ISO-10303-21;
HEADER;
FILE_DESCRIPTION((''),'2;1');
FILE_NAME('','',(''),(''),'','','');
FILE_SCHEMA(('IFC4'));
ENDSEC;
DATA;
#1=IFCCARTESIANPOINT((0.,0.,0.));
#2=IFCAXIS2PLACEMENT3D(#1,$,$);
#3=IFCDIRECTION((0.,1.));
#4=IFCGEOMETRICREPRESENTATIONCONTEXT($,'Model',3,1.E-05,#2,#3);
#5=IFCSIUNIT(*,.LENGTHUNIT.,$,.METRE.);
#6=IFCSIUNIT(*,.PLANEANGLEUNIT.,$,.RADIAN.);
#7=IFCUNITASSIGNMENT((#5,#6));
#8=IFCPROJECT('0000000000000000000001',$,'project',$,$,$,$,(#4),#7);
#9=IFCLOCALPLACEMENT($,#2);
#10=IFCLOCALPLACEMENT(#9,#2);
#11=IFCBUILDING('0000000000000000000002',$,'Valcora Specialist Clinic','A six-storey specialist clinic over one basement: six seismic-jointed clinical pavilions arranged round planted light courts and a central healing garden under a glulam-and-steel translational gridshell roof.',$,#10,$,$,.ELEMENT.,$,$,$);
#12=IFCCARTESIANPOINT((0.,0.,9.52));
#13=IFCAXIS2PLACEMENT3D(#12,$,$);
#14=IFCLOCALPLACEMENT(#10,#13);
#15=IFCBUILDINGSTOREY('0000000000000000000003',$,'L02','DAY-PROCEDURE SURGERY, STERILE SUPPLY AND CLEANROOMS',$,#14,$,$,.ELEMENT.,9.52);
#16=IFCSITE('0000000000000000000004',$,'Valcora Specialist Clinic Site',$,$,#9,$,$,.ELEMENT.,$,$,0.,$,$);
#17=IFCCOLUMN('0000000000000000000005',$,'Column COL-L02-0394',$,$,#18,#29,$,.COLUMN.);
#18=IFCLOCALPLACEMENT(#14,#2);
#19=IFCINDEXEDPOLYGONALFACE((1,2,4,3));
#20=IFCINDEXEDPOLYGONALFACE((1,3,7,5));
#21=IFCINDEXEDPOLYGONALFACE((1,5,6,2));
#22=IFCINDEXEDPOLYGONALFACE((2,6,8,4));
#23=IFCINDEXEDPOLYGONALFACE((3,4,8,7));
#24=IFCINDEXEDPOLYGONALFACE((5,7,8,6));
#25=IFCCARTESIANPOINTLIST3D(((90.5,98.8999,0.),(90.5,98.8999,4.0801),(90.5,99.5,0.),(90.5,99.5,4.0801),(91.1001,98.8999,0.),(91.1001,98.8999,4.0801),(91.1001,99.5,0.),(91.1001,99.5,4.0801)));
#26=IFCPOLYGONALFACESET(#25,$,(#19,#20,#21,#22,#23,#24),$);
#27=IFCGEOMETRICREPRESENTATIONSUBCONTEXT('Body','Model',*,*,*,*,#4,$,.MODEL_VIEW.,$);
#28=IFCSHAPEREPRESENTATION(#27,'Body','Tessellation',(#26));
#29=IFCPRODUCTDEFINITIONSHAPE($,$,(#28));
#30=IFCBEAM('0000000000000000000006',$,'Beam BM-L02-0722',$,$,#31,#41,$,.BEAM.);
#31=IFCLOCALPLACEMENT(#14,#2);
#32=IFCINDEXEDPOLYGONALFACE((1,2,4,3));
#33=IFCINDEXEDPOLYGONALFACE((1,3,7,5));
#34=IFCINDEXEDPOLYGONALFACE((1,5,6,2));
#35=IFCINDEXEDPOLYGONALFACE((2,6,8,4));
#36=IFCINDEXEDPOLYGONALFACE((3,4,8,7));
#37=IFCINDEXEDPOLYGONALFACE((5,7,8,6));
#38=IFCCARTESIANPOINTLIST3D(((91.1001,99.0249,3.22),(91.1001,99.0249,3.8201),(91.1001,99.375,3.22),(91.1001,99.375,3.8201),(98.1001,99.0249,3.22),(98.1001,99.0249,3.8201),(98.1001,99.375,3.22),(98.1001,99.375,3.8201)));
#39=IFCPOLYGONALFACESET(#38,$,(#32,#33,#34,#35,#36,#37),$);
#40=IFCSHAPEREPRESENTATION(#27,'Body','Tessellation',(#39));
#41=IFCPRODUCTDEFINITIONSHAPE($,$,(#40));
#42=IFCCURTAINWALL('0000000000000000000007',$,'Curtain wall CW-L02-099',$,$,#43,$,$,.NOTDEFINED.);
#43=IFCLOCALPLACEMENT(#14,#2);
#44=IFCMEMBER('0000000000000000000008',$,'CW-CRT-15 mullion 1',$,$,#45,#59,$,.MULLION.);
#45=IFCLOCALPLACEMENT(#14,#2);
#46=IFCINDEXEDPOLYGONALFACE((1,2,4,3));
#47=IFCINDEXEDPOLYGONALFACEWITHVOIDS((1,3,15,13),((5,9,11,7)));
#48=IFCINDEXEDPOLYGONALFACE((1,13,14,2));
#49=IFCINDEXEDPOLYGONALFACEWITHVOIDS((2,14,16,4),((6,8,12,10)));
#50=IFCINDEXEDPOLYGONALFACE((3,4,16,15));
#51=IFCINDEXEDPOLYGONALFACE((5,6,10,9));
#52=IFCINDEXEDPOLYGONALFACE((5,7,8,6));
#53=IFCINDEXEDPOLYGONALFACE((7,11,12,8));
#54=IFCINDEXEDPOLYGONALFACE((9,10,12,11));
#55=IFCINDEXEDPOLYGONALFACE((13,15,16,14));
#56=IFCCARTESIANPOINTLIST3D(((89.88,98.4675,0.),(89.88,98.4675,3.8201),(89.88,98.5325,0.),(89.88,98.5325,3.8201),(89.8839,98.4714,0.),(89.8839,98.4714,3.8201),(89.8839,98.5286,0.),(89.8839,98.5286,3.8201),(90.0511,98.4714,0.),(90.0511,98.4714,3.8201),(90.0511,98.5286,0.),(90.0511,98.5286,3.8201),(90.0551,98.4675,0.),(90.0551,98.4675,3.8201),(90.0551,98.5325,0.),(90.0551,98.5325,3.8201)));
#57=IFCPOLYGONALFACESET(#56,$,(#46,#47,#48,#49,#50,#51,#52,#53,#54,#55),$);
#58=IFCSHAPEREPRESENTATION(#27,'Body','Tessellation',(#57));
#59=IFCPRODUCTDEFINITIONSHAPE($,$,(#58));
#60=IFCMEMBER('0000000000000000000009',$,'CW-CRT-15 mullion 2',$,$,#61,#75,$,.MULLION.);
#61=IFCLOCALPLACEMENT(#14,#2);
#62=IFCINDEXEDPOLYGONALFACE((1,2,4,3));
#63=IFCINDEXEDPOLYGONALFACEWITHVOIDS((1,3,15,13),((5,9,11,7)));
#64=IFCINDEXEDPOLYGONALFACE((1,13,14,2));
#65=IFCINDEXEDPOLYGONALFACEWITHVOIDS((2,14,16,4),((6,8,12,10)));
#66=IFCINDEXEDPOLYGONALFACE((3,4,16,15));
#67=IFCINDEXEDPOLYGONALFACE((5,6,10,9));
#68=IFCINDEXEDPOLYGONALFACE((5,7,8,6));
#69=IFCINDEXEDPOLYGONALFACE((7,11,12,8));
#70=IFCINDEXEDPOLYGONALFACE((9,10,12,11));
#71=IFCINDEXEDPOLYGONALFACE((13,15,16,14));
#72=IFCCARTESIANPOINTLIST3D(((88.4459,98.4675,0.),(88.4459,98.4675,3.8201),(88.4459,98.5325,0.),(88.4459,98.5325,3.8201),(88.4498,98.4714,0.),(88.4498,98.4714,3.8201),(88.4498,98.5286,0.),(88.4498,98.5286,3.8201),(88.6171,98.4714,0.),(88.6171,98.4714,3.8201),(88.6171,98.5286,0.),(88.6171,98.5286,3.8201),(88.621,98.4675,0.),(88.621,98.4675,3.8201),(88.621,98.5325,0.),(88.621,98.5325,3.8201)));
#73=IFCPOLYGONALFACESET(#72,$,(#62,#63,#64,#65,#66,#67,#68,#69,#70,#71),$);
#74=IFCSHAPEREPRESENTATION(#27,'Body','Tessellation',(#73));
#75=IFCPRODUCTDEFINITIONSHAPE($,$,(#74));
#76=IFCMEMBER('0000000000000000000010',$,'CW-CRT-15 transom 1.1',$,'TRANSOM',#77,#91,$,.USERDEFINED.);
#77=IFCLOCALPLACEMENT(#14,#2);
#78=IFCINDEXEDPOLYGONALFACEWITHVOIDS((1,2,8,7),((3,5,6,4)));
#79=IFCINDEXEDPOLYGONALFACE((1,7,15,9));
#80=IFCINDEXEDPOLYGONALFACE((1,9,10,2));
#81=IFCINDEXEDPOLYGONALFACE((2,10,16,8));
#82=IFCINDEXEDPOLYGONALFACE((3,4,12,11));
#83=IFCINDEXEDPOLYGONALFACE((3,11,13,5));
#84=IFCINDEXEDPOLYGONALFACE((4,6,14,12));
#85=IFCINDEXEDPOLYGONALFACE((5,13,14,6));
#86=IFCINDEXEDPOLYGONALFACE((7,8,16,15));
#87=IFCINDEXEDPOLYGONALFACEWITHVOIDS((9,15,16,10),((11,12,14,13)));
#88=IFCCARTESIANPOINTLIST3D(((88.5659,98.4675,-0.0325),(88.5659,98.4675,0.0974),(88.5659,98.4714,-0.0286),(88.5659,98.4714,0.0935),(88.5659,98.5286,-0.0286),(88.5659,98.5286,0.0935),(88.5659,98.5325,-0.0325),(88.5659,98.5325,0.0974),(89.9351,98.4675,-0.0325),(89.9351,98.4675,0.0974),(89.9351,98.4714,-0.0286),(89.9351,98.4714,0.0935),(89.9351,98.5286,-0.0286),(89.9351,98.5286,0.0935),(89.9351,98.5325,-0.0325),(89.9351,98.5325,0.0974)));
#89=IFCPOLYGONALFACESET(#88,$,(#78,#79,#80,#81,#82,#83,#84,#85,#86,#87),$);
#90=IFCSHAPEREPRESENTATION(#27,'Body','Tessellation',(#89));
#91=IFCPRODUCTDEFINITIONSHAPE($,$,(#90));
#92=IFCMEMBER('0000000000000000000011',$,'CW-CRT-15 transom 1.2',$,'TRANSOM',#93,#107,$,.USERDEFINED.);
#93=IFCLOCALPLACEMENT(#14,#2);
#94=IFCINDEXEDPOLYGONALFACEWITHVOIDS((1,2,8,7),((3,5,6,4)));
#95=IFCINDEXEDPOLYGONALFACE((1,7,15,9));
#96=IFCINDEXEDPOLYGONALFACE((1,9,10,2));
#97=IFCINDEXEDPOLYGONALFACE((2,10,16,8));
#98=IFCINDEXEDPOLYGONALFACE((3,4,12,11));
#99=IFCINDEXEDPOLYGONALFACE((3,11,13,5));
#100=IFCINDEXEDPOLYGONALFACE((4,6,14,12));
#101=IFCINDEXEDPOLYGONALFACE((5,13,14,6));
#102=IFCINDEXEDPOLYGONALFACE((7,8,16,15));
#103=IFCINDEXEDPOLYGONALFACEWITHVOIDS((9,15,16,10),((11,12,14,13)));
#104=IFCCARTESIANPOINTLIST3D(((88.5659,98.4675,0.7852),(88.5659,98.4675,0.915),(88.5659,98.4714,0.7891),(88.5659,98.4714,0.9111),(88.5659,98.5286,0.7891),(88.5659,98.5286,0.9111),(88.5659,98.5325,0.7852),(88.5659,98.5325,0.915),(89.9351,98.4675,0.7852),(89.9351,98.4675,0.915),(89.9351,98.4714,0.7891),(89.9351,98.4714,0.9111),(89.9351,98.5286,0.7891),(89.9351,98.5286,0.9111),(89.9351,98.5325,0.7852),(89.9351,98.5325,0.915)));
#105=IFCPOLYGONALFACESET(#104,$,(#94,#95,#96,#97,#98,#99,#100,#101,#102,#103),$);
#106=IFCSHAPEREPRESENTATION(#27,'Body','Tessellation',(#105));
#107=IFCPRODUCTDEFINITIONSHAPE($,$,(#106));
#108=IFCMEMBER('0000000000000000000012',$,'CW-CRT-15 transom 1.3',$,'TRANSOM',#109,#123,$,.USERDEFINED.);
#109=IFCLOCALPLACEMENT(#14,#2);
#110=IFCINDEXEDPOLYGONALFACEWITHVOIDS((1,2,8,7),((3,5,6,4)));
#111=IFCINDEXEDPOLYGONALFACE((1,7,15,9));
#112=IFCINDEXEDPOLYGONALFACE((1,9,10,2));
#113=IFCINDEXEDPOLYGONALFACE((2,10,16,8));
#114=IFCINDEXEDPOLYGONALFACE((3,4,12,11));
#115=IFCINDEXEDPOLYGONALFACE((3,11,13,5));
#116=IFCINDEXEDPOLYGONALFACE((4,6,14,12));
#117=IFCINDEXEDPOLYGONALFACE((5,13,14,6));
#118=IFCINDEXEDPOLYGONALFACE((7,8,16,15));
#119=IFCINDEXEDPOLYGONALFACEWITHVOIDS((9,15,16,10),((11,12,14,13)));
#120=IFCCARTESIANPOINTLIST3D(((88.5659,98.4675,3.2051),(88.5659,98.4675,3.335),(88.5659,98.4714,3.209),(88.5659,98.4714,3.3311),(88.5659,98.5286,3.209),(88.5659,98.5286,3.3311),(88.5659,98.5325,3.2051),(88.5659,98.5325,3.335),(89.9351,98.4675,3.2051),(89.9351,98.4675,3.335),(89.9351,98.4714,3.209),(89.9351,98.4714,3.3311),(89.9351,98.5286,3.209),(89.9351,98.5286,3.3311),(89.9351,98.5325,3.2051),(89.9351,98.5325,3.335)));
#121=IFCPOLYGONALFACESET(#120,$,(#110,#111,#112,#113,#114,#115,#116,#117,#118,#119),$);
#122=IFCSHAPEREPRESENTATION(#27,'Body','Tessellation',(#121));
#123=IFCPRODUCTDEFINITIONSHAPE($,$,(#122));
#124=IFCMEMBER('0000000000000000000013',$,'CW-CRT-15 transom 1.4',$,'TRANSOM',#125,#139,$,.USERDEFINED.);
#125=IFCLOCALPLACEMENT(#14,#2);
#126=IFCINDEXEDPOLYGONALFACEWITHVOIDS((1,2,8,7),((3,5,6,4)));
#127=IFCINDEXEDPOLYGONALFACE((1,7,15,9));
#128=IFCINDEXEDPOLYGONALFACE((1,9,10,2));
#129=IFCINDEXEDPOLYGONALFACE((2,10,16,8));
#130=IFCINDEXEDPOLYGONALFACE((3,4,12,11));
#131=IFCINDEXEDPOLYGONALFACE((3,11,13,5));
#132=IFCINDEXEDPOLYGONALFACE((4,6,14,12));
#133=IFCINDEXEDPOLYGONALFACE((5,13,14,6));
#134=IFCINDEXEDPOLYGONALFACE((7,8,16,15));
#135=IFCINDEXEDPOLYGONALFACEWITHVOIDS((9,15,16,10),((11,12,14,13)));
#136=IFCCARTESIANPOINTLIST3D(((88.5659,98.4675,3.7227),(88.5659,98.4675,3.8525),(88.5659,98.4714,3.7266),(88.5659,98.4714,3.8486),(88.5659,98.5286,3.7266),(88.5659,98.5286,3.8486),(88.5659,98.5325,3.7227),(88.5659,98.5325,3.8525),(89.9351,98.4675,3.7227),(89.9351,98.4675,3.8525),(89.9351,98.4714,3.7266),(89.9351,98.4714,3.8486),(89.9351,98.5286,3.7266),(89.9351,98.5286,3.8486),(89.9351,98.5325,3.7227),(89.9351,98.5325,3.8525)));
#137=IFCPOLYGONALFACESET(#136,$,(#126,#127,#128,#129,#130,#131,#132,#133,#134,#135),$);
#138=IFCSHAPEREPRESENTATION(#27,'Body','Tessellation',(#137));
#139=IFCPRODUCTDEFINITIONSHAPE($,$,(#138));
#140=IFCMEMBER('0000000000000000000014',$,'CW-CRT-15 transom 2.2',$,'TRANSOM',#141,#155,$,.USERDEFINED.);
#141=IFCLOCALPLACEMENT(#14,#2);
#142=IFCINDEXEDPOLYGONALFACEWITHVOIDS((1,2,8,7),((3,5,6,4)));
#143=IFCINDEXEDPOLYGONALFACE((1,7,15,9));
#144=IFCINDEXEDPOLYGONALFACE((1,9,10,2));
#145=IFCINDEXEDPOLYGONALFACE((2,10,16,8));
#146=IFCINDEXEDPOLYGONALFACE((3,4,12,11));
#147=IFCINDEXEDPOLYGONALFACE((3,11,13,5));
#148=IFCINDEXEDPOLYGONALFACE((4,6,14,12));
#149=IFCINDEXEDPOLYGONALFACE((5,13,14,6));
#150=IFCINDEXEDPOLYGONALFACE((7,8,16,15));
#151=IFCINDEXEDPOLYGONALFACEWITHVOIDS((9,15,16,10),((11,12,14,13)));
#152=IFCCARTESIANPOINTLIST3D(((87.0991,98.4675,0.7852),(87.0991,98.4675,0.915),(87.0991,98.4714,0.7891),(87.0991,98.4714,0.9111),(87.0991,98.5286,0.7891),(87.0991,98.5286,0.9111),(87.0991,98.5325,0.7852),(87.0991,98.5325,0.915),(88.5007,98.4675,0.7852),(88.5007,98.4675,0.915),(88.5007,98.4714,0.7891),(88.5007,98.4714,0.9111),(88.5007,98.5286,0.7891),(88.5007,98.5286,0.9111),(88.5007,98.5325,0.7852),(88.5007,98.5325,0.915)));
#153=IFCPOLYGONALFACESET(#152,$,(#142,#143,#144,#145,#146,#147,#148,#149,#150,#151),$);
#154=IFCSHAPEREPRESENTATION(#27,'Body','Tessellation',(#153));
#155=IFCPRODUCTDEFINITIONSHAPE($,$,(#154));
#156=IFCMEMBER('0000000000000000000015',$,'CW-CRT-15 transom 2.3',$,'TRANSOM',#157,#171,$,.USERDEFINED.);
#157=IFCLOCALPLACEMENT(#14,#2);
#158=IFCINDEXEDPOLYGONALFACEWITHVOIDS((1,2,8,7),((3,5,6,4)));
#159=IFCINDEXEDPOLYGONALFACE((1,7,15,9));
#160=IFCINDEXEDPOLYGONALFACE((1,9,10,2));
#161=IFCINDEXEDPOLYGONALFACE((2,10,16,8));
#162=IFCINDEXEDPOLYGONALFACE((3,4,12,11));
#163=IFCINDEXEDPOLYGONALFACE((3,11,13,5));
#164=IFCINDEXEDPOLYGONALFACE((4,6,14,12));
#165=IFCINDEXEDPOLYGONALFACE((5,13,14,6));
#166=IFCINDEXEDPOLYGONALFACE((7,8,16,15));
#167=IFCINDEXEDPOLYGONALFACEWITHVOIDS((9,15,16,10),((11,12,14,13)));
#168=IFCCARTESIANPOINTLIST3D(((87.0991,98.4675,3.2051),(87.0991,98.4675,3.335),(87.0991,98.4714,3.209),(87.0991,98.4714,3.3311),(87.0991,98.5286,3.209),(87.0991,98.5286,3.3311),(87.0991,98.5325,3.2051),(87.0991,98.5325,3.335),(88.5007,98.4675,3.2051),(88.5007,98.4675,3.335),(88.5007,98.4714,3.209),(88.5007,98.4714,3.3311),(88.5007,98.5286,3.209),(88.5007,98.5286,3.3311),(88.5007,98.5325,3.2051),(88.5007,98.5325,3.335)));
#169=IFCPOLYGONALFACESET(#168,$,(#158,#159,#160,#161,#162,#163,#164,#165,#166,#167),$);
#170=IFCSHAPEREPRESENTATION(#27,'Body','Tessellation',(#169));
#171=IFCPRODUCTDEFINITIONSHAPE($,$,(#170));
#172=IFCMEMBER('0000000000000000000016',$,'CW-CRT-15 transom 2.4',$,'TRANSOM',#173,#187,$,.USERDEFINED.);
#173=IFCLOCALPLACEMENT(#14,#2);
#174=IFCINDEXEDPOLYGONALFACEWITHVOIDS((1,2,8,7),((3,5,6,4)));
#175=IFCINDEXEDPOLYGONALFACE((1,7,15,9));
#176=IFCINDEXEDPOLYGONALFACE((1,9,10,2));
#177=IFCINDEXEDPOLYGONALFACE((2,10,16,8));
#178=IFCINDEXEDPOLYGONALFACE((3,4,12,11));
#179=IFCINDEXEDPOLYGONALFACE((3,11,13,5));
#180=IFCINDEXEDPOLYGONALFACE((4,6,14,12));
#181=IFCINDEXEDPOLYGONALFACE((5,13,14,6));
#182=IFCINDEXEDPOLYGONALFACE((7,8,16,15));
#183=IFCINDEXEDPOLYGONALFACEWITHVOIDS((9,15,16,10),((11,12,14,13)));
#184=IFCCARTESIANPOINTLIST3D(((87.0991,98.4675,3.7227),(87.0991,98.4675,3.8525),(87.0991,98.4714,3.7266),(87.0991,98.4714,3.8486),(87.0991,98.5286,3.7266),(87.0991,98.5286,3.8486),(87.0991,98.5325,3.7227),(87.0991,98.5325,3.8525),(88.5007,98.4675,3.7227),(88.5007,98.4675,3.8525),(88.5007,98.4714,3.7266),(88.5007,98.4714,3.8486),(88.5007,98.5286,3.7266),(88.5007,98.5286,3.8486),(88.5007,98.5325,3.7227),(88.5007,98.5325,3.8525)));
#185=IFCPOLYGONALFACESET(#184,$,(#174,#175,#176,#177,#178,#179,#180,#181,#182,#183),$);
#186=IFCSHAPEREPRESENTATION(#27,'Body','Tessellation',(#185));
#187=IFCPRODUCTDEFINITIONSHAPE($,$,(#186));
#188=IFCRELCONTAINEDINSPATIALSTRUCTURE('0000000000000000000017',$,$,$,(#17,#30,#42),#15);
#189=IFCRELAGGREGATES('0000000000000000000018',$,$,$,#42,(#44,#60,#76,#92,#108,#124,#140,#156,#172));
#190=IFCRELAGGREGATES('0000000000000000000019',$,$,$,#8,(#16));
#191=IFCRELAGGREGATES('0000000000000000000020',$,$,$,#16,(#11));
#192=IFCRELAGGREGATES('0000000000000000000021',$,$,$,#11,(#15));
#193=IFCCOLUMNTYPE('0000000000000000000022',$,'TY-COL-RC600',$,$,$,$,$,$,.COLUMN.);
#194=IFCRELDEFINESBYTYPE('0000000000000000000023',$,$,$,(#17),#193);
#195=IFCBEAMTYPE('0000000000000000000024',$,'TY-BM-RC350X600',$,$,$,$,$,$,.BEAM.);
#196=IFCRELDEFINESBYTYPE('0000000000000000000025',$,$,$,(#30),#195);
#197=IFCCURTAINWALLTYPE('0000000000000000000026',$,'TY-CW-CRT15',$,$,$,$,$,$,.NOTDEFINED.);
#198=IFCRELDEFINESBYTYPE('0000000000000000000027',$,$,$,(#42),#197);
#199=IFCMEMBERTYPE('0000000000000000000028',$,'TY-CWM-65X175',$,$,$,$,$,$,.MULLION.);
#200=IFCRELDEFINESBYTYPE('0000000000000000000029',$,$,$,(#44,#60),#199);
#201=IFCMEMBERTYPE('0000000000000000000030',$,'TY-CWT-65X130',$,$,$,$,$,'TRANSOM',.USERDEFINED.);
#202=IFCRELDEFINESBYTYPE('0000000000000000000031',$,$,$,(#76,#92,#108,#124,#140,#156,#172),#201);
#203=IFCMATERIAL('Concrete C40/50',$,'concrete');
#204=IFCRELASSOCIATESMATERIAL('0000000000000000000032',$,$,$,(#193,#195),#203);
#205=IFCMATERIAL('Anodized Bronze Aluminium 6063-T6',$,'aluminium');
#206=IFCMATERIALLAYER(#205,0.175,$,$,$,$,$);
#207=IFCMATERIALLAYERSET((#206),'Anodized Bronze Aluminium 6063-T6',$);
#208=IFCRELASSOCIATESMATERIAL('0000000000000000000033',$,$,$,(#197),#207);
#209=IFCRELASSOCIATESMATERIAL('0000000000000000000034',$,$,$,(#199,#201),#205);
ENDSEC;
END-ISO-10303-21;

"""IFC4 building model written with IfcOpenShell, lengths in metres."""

from ifc_helpers import new_model, si_unit, direction, frame, origin, origin_2d, place, context, subcontext, project, spatial, rectangle, hollow_rectangle, extrude, material, layer, layer_set, material_profile, profile_set, type_object, element, aggregate, save


model = new_model("IFC4")

# Units and contexts
model_context = context("Model", 3, precision=1e-05, world=origin(), true_north=direction((0.0, 1.0)))
body_context = subcontext(model_context, "Body", "Model", "MODEL_VIEW")
ifc_project = project(units=[si_unit("LENGTHUNIT", "METRE"), si_unit("PLANEANGLEUNIT", "RADIAN")], contexts=[model_context])

# Site, building, storey
site_placement = place(None, origin())
site = spatial("IfcSite", under=ifc_project, at=site_placement, Name="Valcora Specialist Clinic Site", CompositionType="ELEMENT", RefElevation=0.0)
building_placement = place(site_placement, origin())
building = spatial("IfcBuilding", under=site, at=building_placement, Name="Valcora Specialist Clinic", Description="A six-storey specialist clinic over one basement: six seismic-jointed clinical pavilions arranged round planted light courts and a central healing garden under a glulam-and-steel translational gridshell roof.", CompositionType="ELEMENT")
storey_placement = place(building_placement, frame((0.0, 0.0, 9.52)))
storey = spatial("IfcBuildingStorey", under=building, at=storey_placement, Name="L02", Description="DAY-PROCEDURE SURGERY, STERILE SUPPLY AND CLEANROOMS", CompositionType="ELEMENT", Elevation=9.52)

# Column
ifc_material_1 = material(Name="Concrete C40/50", Category="concrete")
ifc_material_profile_1 = material_profile(ifc_material_1, rectangle(XDim=0.6001, YDim=0.6001, at=origin_2d()), Name="RC-COL-600X600")
ifc_profile_set_1 = profile_set([ifc_material_profile_1], Name="Concrete C40/50")
column_type = type_object("IfcColumnType", Name="TY-COL-RC600", PredefinedType="COLUMN", material=ifc_profile_set_1)
column_placement = place(storey_placement, frame((90.8, 99.2, 0.0), z_axis=(0.0, 0.0, 1.0), x_axis=(1.0, 0.0, 0.0)))
element("IfcColumn", 1, at=column_placement, inside=storey, type_object=column_type, Name="Column COL-L02-0394", PredefinedType="COLUMN", context=body_context, shape_type="SweptSolid", body=[
    extrude(rectangle(XDim=0.6001, YDim=0.6001, at=origin_2d()), origin(), (0.0, 0.0, 1.0), 4.0801),
])

# Beam
ifc_material_profile_2 = material_profile(ifc_material_1, rectangle(XDim=0.3501, YDim=0.6001, at=origin_2d()), Name="RC-BM-350X600")
ifc_profile_set_2 = profile_set([ifc_material_profile_2], Name="Concrete C40/50")
beam_type = type_object("IfcBeamType", Name="TY-BM-RC350X600", PredefinedType="BEAM", material=ifc_profile_set_2)
beam_placement = place(storey_placement, frame((91.1001, 99.2, 3.52), z_axis=(1.0, 0.0, 0.0), x_axis=(0.0, 1.0, 0.0)))
element("IfcBeam", 2, at=beam_placement, inside=storey, type_object=beam_type, Name="Beam BM-L02-0722", PredefinedType="BEAM", context=body_context, shape_type="SweptSolid", body=[
    extrude(rectangle(XDim=0.3501, YDim=0.6001, at=origin_2d()), origin(), (0.0, 0.0, 1.0), 7.0),
])

# Curtain wall, members
ifc_material_2 = material(Name="Anodized Bronze Aluminium 6063-T6", Category="aluminium")
ifc_layer_1 = layer(ifc_material_2, 0.175)
ifc_layer_set_1 = layer_set([ifc_layer_1], Name="Anodized Bronze Aluminium 6063-T6")
curtain_wall_type = type_object("IfcCurtainWallType", Name="TY-CW-CRT15", PredefinedType="NOTDEFINED", material=ifc_layer_set_1)
curtain_wall_placement = place(storey_placement, origin())
curtain_wall = element("IfcCurtainWall", 3, at=curtain_wall_placement, inside=storey, type_object=curtain_wall_type, Name="Curtain wall CW-L02-099", PredefinedType="NOTDEFINED")
ifc_material_profile_3 = material_profile(ifc_material_2, hollow_rectangle(XDim=0.0649, YDim=0.175, WallThickness=0.0039, at=origin_2d()), Name="AL-MUL-65X175")
ifc_profile_set_3 = profile_set([ifc_material_profile_3], Name="Anodized Bronze Aluminium 6063-T6")
member_type_1 = type_object("IfcMemberType", Name="TY-CWM-65X175", PredefinedType="MULLION", material=ifc_profile_set_3)
member_1_placement = place(storey_placement, frame((89.9675, 98.5, 0.0), z_axis=(0.0, 0.0, 1.0), x_axis=(0.0, -1.0, 0.0)))
member_1 = element("IfcMember", 4, at=member_1_placement, type_object=member_type_1, Name="CW-CRT-15 mullion 1", PredefinedType="MULLION", context=body_context, shape_type="SweptSolid", body=[
    extrude(hollow_rectangle(XDim=0.0649, YDim=0.175, WallThickness=0.0039, at=origin_2d()), origin(), (0.0, 0.0, 1.0), 3.8201),
])
member_2_placement = place(storey_placement, frame((88.5334, 98.5, 0.0), z_axis=(0.0, 0.0, 1.0), x_axis=(0.0, -1.0, 0.0)))
member_2 = element("IfcMember", 5, at=member_2_placement, type_object=member_type_1, Name="CW-CRT-15 mullion 2", PredefinedType="MULLION", context=body_context, shape_type="SweptSolid", body=[
    extrude(hollow_rectangle(XDim=0.0649, YDim=0.175, WallThickness=0.0039, at=origin_2d()), origin(), (0.0, 0.0, 1.0), 3.8201),
])
ifc_material_profile_4 = material_profile(ifc_material_2, hollow_rectangle(XDim=0.0649, YDim=0.1299, WallThickness=0.0039, at=origin_2d()), Name="AL-TRN-65X130")
ifc_profile_set_4 = profile_set([ifc_material_profile_4], Name="Anodized Bronze Aluminium 6063-T6")
member_type_2 = type_object("IfcMemberType", Name="TY-CWT-65X130", ElementType="TRANSOM", PredefinedType="USERDEFINED", material=ifc_profile_set_4)
member_3_placement = place(storey_placement, frame((89.9351, 98.5, 0.0325), z_axis=(-1.0, 0.0, 0.0), x_axis=(0.0, -1.0, 0.0)))
member_3 = element("IfcMember", 6, at=member_3_placement, type_object=member_type_2, Name="CW-CRT-15 transom 1.1", ObjectType="TRANSOM", PredefinedType="USERDEFINED", context=body_context, shape_type="SweptSolid", body=[
    extrude(hollow_rectangle(XDim=0.0649, YDim=0.1299, WallThickness=0.0039, at=origin_2d()), origin(), (0.0, 0.0, 1.0), 1.3691),
])
member_4_placement = place(storey_placement, frame((89.9351, 98.5, 0.8501), z_axis=(-1.0, 0.0, 0.0), x_axis=(0.0, -1.0, 0.0)))
member_4 = element("IfcMember", 7, at=member_4_placement, type_object=member_type_2, Name="CW-CRT-15 transom 1.2", ObjectType="TRANSOM", PredefinedType="USERDEFINED", context=body_context, shape_type="SweptSolid", body=[
    extrude(hollow_rectangle(XDim=0.0649, YDim=0.1299, WallThickness=0.0039, at=origin_2d()), origin(), (0.0, 0.0, 1.0), 1.3691),
])
member_5_placement = place(storey_placement, frame((89.9351, 98.5, 3.27), z_axis=(-1.0, 0.0, 0.0), x_axis=(0.0, -1.0, 0.0)))
member_5 = element("IfcMember", 8, at=member_5_placement, type_object=member_type_2, Name="CW-CRT-15 transom 1.3", ObjectType="TRANSOM", PredefinedType="USERDEFINED", context=body_context, shape_type="SweptSolid", body=[
    extrude(hollow_rectangle(XDim=0.0649, YDim=0.1299, WallThickness=0.0039, at=origin_2d()), origin(), (0.0, 0.0, 1.0), 1.3691),
])
member_6_placement = place(storey_placement, frame((89.9351, 98.5, 3.7876), z_axis=(-1.0, 0.0, 0.0), x_axis=(0.0, -1.0, 0.0)))
member_6 = element("IfcMember", 9, at=member_6_placement, type_object=member_type_2, Name="CW-CRT-15 transom 1.4", ObjectType="TRANSOM", PredefinedType="USERDEFINED", context=body_context, shape_type="SweptSolid", body=[
    extrude(hollow_rectangle(XDim=0.0649, YDim=0.1299, WallThickness=0.0039, at=origin_2d()), origin(), (0.0, 0.0, 1.0), 1.3691),
])
member_7_placement = place(storey_placement, frame((88.5007, 98.5, 0.8501), z_axis=(-1.0, 0.0, 0.0), x_axis=(0.0, -1.0, 0.0)))
member_7 = element("IfcMember", 10, at=member_7_placement, type_object=member_type_2, Name="CW-CRT-15 transom 2.2", ObjectType="TRANSOM", PredefinedType="USERDEFINED", context=body_context, shape_type="SweptSolid", body=[
    extrude(hollow_rectangle(XDim=0.0649, YDim=0.1299, WallThickness=0.0039, at=origin_2d()), origin(), (0.0, 0.0, 1.0), 1.4016),
])
member_8_placement = place(storey_placement, frame((88.5007, 98.5, 3.27), z_axis=(-1.0, 0.0, 0.0), x_axis=(0.0, -1.0, 0.0)))
member_8 = element("IfcMember", 11, at=member_8_placement, type_object=member_type_2, Name="CW-CRT-15 transom 2.3", ObjectType="TRANSOM", PredefinedType="USERDEFINED", context=body_context, shape_type="SweptSolid", body=[
    extrude(hollow_rectangle(XDim=0.0649, YDim=0.1299, WallThickness=0.0039, at=origin_2d()), origin(), (0.0, 0.0, 1.0), 1.4016),
])
member_9_placement = place(storey_placement, frame((88.5007, 98.5, 3.7876), z_axis=(-1.0, 0.0, 0.0), x_axis=(0.0, -1.0, 0.0)))
member_9 = element("IfcMember", 12, at=member_9_placement, type_object=member_type_2, Name="CW-CRT-15 transom 2.4", ObjectType="TRANSOM", PredefinedType="USERDEFINED", context=body_context, shape_type="SweptSolid", body=[
    extrude(hollow_rectangle(XDim=0.0649, YDim=0.1299, WallThickness=0.0039, at=origin_2d()), origin(), (0.0, 0.0, 1.0), 1.4016),
])
aggregate(curtain_wall, [member_1, member_2, member_3, member_4, member_5, member_6, member_7, member_8, member_9])

save(model, "model.ifc")
